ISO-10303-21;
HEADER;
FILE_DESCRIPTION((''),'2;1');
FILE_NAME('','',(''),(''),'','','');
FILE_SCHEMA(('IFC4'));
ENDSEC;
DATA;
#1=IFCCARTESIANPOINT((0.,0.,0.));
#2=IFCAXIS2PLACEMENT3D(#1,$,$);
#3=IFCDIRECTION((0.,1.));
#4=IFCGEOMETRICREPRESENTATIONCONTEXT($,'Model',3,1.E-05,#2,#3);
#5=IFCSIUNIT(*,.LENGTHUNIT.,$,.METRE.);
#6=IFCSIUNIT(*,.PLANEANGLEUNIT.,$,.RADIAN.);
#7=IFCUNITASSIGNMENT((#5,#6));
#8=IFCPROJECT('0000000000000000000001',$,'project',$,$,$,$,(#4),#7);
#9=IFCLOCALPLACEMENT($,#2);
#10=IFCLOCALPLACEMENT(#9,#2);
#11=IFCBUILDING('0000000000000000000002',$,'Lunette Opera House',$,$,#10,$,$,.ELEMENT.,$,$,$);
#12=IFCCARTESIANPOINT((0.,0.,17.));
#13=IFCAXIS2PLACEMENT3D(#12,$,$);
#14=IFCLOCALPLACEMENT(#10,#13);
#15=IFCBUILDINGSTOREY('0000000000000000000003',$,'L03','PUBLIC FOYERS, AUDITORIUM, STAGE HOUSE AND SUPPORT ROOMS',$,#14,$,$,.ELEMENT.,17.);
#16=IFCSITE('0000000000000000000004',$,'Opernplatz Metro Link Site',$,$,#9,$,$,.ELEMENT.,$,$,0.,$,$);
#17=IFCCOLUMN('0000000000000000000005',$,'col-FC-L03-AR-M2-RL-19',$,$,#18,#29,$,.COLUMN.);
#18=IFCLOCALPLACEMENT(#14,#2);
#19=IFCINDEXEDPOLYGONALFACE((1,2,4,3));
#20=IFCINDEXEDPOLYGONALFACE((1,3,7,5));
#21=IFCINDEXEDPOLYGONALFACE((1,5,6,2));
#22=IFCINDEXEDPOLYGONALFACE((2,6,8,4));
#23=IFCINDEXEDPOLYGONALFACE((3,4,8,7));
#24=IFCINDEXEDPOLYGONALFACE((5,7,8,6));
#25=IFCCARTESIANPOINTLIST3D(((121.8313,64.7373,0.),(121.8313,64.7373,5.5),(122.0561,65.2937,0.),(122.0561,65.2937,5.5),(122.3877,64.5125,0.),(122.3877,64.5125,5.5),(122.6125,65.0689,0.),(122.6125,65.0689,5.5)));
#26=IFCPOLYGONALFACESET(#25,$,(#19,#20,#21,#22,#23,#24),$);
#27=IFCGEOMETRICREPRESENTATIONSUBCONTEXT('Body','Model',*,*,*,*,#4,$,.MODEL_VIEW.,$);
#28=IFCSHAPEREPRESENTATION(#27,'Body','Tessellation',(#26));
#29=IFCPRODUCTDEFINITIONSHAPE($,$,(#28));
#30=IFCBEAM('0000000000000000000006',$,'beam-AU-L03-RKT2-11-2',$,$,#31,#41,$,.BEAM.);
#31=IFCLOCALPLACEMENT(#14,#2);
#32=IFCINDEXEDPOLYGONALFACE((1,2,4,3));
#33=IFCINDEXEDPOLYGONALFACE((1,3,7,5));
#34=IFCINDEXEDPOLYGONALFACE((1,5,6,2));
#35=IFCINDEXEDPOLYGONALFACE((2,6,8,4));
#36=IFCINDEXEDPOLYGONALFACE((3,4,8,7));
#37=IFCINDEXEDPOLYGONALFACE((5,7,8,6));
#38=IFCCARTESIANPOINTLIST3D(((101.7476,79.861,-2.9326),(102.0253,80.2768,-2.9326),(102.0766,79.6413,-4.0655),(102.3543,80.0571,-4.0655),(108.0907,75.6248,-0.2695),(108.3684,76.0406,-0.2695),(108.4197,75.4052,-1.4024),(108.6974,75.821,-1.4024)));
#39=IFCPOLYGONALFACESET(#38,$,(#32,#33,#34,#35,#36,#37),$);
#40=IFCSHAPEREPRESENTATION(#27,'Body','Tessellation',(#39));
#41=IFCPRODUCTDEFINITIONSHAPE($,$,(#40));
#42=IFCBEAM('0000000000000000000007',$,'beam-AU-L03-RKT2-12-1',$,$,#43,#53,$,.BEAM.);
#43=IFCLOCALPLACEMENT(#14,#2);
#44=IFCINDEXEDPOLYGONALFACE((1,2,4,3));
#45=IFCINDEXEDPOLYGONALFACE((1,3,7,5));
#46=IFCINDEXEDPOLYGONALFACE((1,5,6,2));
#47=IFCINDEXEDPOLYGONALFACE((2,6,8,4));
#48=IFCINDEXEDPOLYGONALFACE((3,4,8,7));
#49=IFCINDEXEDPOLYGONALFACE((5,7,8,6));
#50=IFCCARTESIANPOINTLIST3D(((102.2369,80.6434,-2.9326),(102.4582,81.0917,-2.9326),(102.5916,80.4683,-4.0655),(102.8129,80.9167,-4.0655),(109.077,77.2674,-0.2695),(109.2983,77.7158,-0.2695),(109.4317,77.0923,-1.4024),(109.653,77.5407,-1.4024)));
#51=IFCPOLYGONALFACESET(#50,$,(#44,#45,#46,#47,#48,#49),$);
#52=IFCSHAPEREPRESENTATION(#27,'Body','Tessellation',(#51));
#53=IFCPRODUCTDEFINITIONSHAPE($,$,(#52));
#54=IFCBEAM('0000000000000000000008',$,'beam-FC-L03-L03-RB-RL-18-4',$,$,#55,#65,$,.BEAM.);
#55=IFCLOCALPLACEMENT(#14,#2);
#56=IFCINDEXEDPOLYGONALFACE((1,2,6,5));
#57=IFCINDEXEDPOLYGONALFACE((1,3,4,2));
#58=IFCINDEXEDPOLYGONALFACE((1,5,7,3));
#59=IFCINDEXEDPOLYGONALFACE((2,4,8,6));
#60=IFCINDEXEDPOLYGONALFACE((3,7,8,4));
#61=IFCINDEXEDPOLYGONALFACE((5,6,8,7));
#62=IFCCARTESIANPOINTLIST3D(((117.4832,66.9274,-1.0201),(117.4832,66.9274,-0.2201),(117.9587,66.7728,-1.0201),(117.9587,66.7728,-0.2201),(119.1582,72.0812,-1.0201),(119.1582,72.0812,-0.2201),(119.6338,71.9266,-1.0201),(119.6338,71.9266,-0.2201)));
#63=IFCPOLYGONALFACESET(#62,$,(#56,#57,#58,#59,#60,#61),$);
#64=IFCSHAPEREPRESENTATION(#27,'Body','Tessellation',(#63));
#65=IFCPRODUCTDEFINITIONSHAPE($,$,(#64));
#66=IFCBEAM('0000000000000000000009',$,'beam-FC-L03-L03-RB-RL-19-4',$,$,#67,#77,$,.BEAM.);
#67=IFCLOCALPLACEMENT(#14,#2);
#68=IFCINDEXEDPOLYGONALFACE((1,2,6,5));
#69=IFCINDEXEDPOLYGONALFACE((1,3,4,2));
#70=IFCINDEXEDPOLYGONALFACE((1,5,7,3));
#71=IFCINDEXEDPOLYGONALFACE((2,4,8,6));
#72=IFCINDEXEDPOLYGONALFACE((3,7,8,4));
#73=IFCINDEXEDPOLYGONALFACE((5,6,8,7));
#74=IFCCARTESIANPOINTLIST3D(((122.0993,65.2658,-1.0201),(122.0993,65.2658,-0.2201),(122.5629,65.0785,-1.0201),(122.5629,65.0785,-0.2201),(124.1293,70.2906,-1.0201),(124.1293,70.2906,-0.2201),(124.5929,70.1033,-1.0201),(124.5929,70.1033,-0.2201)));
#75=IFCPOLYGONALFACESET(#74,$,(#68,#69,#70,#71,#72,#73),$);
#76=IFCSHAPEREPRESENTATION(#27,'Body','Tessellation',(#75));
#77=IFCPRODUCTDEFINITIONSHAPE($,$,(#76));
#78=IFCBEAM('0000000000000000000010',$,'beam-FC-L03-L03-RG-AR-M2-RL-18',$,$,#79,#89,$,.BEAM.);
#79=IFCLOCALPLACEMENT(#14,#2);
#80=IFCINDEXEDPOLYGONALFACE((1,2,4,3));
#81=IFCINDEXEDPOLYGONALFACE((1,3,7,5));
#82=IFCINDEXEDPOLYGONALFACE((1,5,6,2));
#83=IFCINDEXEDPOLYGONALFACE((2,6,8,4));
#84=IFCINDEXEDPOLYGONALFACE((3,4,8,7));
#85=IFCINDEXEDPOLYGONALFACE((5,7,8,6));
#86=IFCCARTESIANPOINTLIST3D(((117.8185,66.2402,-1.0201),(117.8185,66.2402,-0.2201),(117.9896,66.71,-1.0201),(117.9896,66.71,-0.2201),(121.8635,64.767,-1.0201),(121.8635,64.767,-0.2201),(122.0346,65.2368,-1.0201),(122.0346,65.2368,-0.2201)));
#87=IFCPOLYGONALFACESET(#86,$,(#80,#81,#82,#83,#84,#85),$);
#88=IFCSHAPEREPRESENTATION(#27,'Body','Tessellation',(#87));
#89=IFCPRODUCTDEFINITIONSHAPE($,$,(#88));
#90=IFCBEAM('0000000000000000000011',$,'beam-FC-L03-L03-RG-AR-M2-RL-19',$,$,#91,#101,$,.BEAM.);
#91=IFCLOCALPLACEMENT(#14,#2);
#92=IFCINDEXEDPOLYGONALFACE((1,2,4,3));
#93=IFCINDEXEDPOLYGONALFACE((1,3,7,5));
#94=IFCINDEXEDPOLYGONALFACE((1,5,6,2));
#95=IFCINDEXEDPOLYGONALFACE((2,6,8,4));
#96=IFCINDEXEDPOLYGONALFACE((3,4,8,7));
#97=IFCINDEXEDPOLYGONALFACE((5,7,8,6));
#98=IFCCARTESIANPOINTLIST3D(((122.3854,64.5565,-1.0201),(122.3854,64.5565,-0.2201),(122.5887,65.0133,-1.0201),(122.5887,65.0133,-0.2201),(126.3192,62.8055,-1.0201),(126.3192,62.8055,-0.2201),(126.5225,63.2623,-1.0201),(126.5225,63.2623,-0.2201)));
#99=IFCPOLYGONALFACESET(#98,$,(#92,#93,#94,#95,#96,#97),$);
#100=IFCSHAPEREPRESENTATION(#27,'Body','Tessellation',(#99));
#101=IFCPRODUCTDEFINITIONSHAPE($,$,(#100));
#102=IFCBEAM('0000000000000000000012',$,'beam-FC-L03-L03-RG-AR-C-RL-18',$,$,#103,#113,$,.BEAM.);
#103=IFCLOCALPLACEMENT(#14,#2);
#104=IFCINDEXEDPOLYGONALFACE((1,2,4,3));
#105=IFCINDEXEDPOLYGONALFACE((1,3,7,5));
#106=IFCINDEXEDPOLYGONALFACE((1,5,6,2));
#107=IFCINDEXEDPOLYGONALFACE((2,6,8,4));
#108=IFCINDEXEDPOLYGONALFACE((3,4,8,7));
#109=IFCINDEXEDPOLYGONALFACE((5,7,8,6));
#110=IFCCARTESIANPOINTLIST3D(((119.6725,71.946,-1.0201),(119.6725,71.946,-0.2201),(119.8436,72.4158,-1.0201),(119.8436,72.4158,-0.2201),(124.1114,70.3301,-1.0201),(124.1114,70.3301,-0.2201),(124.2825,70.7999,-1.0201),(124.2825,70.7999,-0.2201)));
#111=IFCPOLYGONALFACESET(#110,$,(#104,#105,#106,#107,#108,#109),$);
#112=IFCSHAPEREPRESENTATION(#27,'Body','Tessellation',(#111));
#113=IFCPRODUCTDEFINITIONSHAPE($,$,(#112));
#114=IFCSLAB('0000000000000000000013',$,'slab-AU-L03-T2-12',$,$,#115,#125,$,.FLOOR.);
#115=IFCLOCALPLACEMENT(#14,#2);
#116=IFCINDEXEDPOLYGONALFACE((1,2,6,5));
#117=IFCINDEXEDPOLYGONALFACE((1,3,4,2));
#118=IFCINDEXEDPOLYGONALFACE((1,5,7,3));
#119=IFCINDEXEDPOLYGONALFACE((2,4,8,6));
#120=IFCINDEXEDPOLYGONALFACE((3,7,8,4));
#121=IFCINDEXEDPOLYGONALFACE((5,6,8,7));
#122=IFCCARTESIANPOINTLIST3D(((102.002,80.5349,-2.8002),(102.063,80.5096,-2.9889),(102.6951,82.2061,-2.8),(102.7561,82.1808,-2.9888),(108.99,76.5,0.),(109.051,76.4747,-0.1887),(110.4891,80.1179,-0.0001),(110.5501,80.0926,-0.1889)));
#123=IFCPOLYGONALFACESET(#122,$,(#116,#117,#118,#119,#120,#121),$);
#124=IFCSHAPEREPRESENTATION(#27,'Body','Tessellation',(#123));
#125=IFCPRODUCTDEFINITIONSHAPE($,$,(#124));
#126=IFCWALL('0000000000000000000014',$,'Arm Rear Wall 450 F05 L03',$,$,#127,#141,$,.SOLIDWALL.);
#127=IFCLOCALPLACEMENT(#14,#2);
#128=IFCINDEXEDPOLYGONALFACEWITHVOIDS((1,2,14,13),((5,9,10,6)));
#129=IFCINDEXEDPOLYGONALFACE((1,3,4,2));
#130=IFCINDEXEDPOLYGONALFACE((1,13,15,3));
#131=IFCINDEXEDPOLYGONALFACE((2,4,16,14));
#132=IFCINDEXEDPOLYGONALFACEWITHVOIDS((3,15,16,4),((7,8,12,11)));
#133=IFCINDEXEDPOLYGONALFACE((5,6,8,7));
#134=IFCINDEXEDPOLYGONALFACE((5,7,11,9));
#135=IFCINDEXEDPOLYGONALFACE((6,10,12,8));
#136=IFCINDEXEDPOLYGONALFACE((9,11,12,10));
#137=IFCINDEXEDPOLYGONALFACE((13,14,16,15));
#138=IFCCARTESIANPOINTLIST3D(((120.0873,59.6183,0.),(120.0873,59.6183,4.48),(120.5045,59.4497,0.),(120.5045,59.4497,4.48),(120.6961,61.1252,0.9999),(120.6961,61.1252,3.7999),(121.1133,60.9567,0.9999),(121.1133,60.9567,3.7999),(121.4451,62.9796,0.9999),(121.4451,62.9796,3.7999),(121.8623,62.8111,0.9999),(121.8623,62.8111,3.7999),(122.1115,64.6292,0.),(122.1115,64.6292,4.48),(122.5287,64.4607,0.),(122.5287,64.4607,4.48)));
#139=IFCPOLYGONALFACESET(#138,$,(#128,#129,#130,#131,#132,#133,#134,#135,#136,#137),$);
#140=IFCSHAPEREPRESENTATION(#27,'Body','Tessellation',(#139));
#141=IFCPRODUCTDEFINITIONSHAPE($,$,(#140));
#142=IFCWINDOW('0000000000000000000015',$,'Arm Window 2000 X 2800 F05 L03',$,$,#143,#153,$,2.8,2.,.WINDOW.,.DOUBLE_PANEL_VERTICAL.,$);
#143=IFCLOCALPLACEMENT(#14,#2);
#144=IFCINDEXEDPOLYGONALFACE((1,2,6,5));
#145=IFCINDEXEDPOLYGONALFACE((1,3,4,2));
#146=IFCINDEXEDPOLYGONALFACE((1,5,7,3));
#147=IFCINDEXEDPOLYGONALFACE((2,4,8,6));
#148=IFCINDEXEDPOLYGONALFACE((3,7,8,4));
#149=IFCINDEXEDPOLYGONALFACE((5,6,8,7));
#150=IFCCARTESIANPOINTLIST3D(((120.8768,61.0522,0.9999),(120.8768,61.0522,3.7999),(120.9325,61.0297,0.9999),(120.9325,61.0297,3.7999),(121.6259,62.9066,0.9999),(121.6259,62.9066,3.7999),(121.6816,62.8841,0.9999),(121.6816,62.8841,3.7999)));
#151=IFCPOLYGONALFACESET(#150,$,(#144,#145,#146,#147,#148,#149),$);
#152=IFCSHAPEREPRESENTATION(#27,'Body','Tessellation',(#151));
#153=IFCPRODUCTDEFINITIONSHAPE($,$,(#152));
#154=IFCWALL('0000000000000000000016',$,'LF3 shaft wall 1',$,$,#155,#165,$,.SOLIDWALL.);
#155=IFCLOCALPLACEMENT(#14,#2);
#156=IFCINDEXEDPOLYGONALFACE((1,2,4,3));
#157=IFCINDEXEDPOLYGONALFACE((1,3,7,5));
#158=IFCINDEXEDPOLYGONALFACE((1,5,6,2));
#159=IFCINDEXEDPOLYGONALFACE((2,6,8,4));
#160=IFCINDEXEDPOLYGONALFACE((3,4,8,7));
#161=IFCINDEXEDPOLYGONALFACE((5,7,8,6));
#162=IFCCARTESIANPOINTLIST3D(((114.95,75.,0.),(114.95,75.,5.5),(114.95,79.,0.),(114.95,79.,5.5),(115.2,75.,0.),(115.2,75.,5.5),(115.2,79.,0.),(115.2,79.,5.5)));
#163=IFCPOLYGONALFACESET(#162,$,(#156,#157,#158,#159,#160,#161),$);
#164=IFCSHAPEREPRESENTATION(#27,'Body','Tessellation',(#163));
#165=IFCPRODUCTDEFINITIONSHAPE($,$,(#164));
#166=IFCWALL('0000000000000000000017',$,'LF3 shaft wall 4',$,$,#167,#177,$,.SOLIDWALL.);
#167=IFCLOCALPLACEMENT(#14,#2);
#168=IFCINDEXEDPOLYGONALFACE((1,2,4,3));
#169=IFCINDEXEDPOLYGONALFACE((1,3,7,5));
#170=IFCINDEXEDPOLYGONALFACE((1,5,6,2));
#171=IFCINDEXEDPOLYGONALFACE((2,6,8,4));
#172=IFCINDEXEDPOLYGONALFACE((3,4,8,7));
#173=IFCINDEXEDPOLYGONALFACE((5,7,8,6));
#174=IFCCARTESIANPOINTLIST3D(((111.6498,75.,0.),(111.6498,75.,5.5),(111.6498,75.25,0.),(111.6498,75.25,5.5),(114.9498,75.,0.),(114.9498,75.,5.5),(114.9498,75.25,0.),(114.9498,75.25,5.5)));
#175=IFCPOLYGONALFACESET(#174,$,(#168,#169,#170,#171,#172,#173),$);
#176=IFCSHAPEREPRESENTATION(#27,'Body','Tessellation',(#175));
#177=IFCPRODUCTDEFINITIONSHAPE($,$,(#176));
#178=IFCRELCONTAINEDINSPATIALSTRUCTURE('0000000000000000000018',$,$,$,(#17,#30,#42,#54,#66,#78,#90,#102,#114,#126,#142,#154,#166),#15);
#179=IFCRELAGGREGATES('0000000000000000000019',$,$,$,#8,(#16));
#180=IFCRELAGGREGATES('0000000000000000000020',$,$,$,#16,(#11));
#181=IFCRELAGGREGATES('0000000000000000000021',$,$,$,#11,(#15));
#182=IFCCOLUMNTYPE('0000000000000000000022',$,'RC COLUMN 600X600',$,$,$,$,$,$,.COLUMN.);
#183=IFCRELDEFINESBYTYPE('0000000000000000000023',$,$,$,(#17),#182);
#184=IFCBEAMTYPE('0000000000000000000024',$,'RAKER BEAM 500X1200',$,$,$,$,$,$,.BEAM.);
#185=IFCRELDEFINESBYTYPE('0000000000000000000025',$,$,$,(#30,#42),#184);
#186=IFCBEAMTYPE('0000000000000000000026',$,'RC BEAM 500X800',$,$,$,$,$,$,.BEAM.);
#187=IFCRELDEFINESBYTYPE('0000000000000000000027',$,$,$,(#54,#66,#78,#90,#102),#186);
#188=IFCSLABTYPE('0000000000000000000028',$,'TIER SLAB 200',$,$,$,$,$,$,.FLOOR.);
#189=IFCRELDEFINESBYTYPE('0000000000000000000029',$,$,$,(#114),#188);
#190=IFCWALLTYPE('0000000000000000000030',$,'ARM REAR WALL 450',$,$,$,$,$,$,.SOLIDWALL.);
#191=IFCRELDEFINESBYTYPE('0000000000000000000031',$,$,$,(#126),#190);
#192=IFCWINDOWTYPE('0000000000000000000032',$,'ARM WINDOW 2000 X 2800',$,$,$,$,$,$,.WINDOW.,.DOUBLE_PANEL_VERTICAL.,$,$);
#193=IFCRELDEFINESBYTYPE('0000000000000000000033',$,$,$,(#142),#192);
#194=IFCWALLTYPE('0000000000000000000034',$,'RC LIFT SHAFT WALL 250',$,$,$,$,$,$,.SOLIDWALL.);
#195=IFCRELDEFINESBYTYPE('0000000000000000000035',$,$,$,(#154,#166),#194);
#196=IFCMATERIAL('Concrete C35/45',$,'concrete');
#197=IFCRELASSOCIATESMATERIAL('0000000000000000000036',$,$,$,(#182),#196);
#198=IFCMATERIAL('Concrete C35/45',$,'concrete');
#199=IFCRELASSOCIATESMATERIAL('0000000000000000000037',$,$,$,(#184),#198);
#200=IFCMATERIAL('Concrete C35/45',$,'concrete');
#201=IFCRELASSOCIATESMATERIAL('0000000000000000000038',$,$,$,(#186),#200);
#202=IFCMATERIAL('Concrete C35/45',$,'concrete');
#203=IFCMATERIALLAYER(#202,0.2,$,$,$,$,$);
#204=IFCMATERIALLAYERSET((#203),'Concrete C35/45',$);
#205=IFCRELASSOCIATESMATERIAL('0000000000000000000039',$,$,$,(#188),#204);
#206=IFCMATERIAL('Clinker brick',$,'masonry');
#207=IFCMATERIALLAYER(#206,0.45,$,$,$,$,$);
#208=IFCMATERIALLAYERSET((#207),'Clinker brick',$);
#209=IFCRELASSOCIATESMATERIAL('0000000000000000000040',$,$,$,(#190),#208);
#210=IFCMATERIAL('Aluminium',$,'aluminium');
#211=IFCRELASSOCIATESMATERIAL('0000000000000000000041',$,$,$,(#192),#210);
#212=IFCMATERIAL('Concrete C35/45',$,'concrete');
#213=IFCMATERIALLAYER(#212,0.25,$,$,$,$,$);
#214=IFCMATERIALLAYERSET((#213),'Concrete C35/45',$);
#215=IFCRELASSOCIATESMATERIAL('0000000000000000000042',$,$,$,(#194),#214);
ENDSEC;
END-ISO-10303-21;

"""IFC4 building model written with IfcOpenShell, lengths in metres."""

from ifc_helpers import new_model, si_unit, direction, frame, frame_2d, origin, origin_2d, place, context, subcontext, project, spatial, polyline, rectangle, outline, extrude, material, layer, layer_set, material_profile, profile_set, type_object, element, fill, save


model = new_model("IFC4")

# Units and contexts
model_context = context("Model", 3, precision=1e-05, world=origin(), true_north=direction((0.0, 1.0)))
body_context = subcontext(model_context, "Body", "Model", "MODEL_VIEW")
ifc_project = project(units=[si_unit("LENGTHUNIT", "METRE"), si_unit("PLANEANGLEUNIT", "RADIAN")], contexts=[model_context])

# Site, building, storey
site_placement = place(None, origin())
site = spatial("IfcSite", under=ifc_project, at=site_placement, Name="Opernplatz Metro Link Site", CompositionType="ELEMENT", RefElevation=0.0)
building_placement = place(site_placement, origin())
building = spatial("IfcBuilding", under=site, at=building_placement, Name="Lunette Opera House", CompositionType="ELEMENT")
storey_placement = place(building_placement, frame((0.0, 0.0, 17.0)))
storey = spatial("IfcBuildingStorey", under=building, at=storey_placement, Name="L03", Description="PUBLIC FOYERS, AUDITORIUM, STAGE HOUSE AND SUPPORT ROOMS", CompositionType="ELEMENT", Elevation=17.0)

# Column
ifc_material_1 = material(Name="Concrete C35/45", Category="concrete")
ifc_material_profile_1 = material_profile(ifc_material_1, rectangle(XDim=0.6001, YDim=0.6001, at=origin_2d()), Name="RC COLUMN 600X600")
ifc_profile_set_1 = profile_set([ifc_material_profile_1], Name="Concrete C35/45")
column_type = type_object("IfcColumnType", Name="RC COLUMN 600X600", PredefinedType="COLUMN", material=ifc_profile_set_1)
column_placement = place(storey_placement, frame((122.2219, 64.9031, 0.0), z_axis=(0.0, 0.0, 1.0), x_axis=(0.927184, -0.374607, 0.0)))
element("IfcColumn", 1, at=column_placement, inside=storey, type_object=column_type, Name="col-FC-L03-AR-M2-RL-19", PredefinedType="COLUMN", context=body_context, shape_type="SweptSolid", body=[
    extrude(rectangle(XDim=0.6001, YDim=0.6001, at=origin_2d()), origin(), (0.0, 0.0, 1.0), 5.5),
])

# Beams
ifc_material_2 = material(Name="Concrete C35/45", Category="concrete")
ifc_material_profile_2 = material_profile(ifc_material_2, rectangle(XDim=0.5, YDim=1.2, at=origin_2d()), Name="RAKER BEAM 500X1200")
ifc_profile_set_2 = profile_set([ifc_material_profile_2], Name="Concrete C35/45")
beam_type_1 = type_object("IfcBeamType", Name="RAKER BEAM 500X1200", PredefinedType="BEAM", material=ifc_profile_set_2)
beam_1_placement = place(storey_placement, frame((108.394, 75.7229, -0.8359), z_axis=(-0.785124, 0.524332, -0.32963), x_axis=(-0.555372, -0.831602, 0.0)))
element("IfcBeam", 2, at=beam_1_placement, inside=storey, type_object=beam_type_1, Name="beam-AU-L03-RKT2-11-2", PredefinedType="BEAM", context=body_context, shape_type="SweptSolid", body=[
    extrude(rectangle(XDim=0.5, YDim=1.2, at=origin_2d()), origin(), (0.0, 0.0, 1.0), 8.0791),
])
beam_2_placement = place(storey_placement, frame((109.365, 77.4041, -0.8359), z_axis=(-0.846613, 0.417852, -0.329616), x_axis=(-0.442586, -0.896726, 0.0)))
element("IfcBeam", 3, at=beam_2_placement, inside=storey, type_object=beam_type_1, Name="beam-AU-L03-RKT2-12-1", PredefinedType="BEAM", context=body_context, shape_type="SweptSolid", body=[
    extrude(rectangle(XDim=0.5, YDim=1.2, at=origin_2d()), origin(), (0.0, 0.0, 1.0), 8.0793),
])
ifc_material_3 = material(Name="Concrete C35/45", Category="concrete")
ifc_material_profile_3 = material_profile(ifc_material_3, rectangle(XDim=0.5, YDim=0.8, at=origin_2d()), Name="RC BEAM 500X800")
ifc_profile_set_3 = profile_set([ifc_material_profile_3], Name="Concrete C35/45")
beam_type_2 = type_object("IfcBeamType", Name="RC BEAM 500X800", PredefinedType="BEAM", material=ifc_profile_set_3)
beam_3_placement = place(storey_placement, frame((117.7209, 66.8501, -0.6201), z_axis=(0.309096, 0.951031, 0.0), x_axis=(-0.951031, 0.309096, 0.0)))
element("IfcBeam", 4, at=beam_3_placement, inside=storey, type_object=beam_type_2, Name="beam-FC-L03-L03-RB-RL-18-4", PredefinedType="BEAM", context=body_context, shape_type="SweptSolid", body=[
    extrude(rectangle(XDim=0.5, YDim=0.8, at=origin_2d()), origin(), (0.0, 0.0, 1.0), 5.4192),
])
beam_4_placement = place(storey_placement, frame((122.3311, 65.1721, -0.6201), z_axis=(0.374581, 0.927194, 0.0), x_axis=(-0.927194, 0.374581, 0.0)))
element("IfcBeam", 5, at=beam_4_placement, inside=storey, type_object=beam_type_2, Name="beam-FC-L03-L03-RB-RL-19-4", PredefinedType="BEAM", context=body_context, shape_type="SweptSolid", body=[
    extrude(rectangle(XDim=0.5, YDim=0.8, at=origin_2d()), origin(), (0.0, 0.0, 1.0), 5.4194),
])
beam_5_placement = place(storey_placement, frame((117.9041, 66.4751, -0.6201), z_axis=(0.939624, -0.342207, 0.0), x_axis=(0.342207, 0.939624, 0.0)))
element("IfcBeam", 6, at=beam_5_placement, inside=storey, type_object=beam_type_2, Name="beam-FC-L03-L03-RG-AR-M2-RL-18", PredefinedType="BEAM", context=body_context, shape_type="SweptSolid", body=[
    extrude(rectangle(XDim=0.5, YDim=0.8, at=origin_2d()), origin(), (0.0, 0.0, 1.0), 4.3049),
])
beam_6_placement = place(storey_placement, frame((122.4871, 64.7849, -0.6201), z_axis=(0.913587, -0.406643, 0.0), x_axis=(0.406643, 0.913587, 0.0)))
element("IfcBeam", 7, at=beam_6_placement, inside=storey, type_object=beam_type_2, Name="beam-FC-L03-L03-RG-AR-M2-RL-19", PredefinedType="BEAM", context=body_context, shape_type="SweptSolid", body=[
    extrude(rectangle(XDim=0.5, YDim=0.8, at=origin_2d()), origin(), (0.0, 0.0, 1.0), 4.3059),
])
beam_7_placement = place(storey_placement, frame((119.7581, 72.1809, -0.6201), z_axis=(0.939671, -0.342079, 0.0), x_axis=(0.342079, 0.939671, 0.0)))
element("IfcBeam", 8, at=beam_7_placement, inside=storey, type_object=beam_type_2, Name="beam-FC-L03-L03-RG-AR-C-RL-18", PredefinedType="BEAM", context=body_context, shape_type="SweptSolid", body=[
    extrude(rectangle(XDim=0.5, YDim=0.8, at=origin_2d()), origin(), (0.0, 0.0, 1.0), 4.7239),
])

# Slab
ifc_material_4 = material(Name="Concrete C35/45", Category="concrete")
ifc_layer_1 = layer(ifc_material_4, 0.2)
ifc_layer_set_1 = layer_set([ifc_layer_1], Name="Concrete C35/45")
slab_type = type_object("IfcSlabType", Name="TIER SLAB 200", PredefinedType="FLOOR", material=ifc_layer_set_1)
slab_placement = place(storey_placement, frame((108.99, 76.5, 0.0), z_axis=(-0.305182, 0.126488, 0.943856), x_axis=(0.382789, 0.923836, -0.000036)))
element("IfcSlab", 9, at=slab_placement, inside=storey, type_object=slab_type, Name="slab-AU-L03-T2-12", PredefinedType="FLOOR", context=body_context, shape_type="SweptSolid", body=[
    extrude(outline(polyline([(0.0, 0.0), (3.9162, 0.0), (2.8619, 8.4755), (1.0528, 8.4762), (0.0, 0.0)])), origin(), (0.0, 0.0, -1.0), 0.2),
])

# Wall, opening, window
ifc_material_5 = material(Name="Clinker brick", Category="masonry")
ifc_layer_2 = layer(ifc_material_5, 0.45)
ifc_layer_set_2 = layer_set([ifc_layer_2], Name="Clinker brick")
wall_type_1 = type_object("IfcWallType", Name="ARM REAR WALL 450", PredefinedType="SOLIDWALL", material=ifc_layer_set_2)
wall_1_placement = place(storey_placement, frame((122.3201, 64.5449, 0.0), z_axis=(0.0, 0.0, 1.0), x_axis=(-0.374543, -0.92721, 0.0)))
wall_1 = element("IfcWall", 10, at=wall_1_placement, inside=storey, type_object=wall_type_1, Name="Arm Rear Wall 450 F05 L03", PredefinedType="SOLIDWALL", context=body_context, shape_type="SweptSolid", body=[
    extrude(rectangle(XDim=5.4043, YDim=0.45, at=frame_2d((2.7021, 0.0))), origin(), (0.0, 0.0, 1.0), 4.48),
])
opening_1_placement = place(wall_1_placement, frame((1.7791, 0.0, 1.0)))
opening_1 = element("IfcOpeningElement", 11, at=opening_1_placement, cuts=wall_1, PredefinedType="OPENING", context=body_context, shape_type="SweptSolid", body=[
    extrude(rectangle(XDim=2.0, YDim=2.8, at=frame_2d((1.0, 1.3999))), frame((0.0, 0.2371, 0.0), z_axis=(0.0, -1.0, 0.0), x_axis=(1.0, 0.0, 0.0)), (0.0, 0.0, 1.0), 0.4739),
])
ifc_material_6 = material(Name="Aluminium", Category="aluminium")
window_type_1 = type_object("IfcWindowType", Name="ARM WINDOW 2000 X 2800", PartitioningType="DOUBLE_PANEL_VERTICAL", PredefinedType="WINDOW", material=ifc_material_6)
window_1_placement = place(opening_1_placement, origin())
window_1 = element("IfcWindow", 12, at=window_1_placement, inside=storey, type_object=window_type_1, Name="Arm Window 2000 X 2800 F05 L03", OverallHeight=2.8, OverallWidth=2.0, PartitioningType="DOUBLE_PANEL_VERTICAL", PredefinedType="WINDOW", context=body_context, shape_type="SweptSolid", body=[
    extrude(rectangle(XDim=2.0, YDim=2.8, at=frame_2d((1.0, 1.3999))), frame((0.0, 0.03, 0.0), z_axis=(0.0, -1.0, 0.0), x_axis=(1.0, 0.0, 0.0)), (0.0, 0.0, 1.0), 0.0601),
])
fill(opening_1, window_1)

# Walls
ifc_material_7 = material(Name="Concrete C35/45", Category="concrete")
ifc_layer_3 = layer(ifc_material_7, 0.25)
ifc_layer_set_3 = layer_set([ifc_layer_3], Name="Concrete C35/45")
wall_type_2 = type_object("IfcWallType", Name="RC LIFT SHAFT WALL 250", PredefinedType="SOLIDWALL", material=ifc_layer_set_3)
wall_2_placement = place(storey_placement, frame((115.075, 75.0, 0.0), z_axis=(0.0, 0.0, 1.0), x_axis=(0.0, 1.0, 0.0)))
element("IfcWall", 13, at=wall_2_placement, inside=storey, type_object=wall_type_2, Name="LF3 shaft wall 1", PredefinedType="SOLIDWALL", context=body_context, shape_type="SweptSolid", body=[
    extrude(rectangle(XDim=4.0, YDim=0.25, at=frame_2d((2.0, 0.0))), origin(), (0.0, 0.0, 1.0), 5.5),
])
wall_3_placement = place(storey_placement, frame((111.6499, 75.125, 0.0), z_axis=(0.0, 0.0, 1.0), x_axis=(1.0, 0.0, 0.0)))
element("IfcWall", 14, at=wall_3_placement, inside=storey, type_object=wall_type_2, Name="LF3 shaft wall 4", PredefinedType="SOLIDWALL", context=body_context, shape_type="SweptSolid", body=[
    extrude(rectangle(XDim=3.3, YDim=0.25, at=frame_2d((1.6499, 0.0))), origin(), (0.0, 0.0, 1.0), 5.5),
])

save(model, "model.ifc")
